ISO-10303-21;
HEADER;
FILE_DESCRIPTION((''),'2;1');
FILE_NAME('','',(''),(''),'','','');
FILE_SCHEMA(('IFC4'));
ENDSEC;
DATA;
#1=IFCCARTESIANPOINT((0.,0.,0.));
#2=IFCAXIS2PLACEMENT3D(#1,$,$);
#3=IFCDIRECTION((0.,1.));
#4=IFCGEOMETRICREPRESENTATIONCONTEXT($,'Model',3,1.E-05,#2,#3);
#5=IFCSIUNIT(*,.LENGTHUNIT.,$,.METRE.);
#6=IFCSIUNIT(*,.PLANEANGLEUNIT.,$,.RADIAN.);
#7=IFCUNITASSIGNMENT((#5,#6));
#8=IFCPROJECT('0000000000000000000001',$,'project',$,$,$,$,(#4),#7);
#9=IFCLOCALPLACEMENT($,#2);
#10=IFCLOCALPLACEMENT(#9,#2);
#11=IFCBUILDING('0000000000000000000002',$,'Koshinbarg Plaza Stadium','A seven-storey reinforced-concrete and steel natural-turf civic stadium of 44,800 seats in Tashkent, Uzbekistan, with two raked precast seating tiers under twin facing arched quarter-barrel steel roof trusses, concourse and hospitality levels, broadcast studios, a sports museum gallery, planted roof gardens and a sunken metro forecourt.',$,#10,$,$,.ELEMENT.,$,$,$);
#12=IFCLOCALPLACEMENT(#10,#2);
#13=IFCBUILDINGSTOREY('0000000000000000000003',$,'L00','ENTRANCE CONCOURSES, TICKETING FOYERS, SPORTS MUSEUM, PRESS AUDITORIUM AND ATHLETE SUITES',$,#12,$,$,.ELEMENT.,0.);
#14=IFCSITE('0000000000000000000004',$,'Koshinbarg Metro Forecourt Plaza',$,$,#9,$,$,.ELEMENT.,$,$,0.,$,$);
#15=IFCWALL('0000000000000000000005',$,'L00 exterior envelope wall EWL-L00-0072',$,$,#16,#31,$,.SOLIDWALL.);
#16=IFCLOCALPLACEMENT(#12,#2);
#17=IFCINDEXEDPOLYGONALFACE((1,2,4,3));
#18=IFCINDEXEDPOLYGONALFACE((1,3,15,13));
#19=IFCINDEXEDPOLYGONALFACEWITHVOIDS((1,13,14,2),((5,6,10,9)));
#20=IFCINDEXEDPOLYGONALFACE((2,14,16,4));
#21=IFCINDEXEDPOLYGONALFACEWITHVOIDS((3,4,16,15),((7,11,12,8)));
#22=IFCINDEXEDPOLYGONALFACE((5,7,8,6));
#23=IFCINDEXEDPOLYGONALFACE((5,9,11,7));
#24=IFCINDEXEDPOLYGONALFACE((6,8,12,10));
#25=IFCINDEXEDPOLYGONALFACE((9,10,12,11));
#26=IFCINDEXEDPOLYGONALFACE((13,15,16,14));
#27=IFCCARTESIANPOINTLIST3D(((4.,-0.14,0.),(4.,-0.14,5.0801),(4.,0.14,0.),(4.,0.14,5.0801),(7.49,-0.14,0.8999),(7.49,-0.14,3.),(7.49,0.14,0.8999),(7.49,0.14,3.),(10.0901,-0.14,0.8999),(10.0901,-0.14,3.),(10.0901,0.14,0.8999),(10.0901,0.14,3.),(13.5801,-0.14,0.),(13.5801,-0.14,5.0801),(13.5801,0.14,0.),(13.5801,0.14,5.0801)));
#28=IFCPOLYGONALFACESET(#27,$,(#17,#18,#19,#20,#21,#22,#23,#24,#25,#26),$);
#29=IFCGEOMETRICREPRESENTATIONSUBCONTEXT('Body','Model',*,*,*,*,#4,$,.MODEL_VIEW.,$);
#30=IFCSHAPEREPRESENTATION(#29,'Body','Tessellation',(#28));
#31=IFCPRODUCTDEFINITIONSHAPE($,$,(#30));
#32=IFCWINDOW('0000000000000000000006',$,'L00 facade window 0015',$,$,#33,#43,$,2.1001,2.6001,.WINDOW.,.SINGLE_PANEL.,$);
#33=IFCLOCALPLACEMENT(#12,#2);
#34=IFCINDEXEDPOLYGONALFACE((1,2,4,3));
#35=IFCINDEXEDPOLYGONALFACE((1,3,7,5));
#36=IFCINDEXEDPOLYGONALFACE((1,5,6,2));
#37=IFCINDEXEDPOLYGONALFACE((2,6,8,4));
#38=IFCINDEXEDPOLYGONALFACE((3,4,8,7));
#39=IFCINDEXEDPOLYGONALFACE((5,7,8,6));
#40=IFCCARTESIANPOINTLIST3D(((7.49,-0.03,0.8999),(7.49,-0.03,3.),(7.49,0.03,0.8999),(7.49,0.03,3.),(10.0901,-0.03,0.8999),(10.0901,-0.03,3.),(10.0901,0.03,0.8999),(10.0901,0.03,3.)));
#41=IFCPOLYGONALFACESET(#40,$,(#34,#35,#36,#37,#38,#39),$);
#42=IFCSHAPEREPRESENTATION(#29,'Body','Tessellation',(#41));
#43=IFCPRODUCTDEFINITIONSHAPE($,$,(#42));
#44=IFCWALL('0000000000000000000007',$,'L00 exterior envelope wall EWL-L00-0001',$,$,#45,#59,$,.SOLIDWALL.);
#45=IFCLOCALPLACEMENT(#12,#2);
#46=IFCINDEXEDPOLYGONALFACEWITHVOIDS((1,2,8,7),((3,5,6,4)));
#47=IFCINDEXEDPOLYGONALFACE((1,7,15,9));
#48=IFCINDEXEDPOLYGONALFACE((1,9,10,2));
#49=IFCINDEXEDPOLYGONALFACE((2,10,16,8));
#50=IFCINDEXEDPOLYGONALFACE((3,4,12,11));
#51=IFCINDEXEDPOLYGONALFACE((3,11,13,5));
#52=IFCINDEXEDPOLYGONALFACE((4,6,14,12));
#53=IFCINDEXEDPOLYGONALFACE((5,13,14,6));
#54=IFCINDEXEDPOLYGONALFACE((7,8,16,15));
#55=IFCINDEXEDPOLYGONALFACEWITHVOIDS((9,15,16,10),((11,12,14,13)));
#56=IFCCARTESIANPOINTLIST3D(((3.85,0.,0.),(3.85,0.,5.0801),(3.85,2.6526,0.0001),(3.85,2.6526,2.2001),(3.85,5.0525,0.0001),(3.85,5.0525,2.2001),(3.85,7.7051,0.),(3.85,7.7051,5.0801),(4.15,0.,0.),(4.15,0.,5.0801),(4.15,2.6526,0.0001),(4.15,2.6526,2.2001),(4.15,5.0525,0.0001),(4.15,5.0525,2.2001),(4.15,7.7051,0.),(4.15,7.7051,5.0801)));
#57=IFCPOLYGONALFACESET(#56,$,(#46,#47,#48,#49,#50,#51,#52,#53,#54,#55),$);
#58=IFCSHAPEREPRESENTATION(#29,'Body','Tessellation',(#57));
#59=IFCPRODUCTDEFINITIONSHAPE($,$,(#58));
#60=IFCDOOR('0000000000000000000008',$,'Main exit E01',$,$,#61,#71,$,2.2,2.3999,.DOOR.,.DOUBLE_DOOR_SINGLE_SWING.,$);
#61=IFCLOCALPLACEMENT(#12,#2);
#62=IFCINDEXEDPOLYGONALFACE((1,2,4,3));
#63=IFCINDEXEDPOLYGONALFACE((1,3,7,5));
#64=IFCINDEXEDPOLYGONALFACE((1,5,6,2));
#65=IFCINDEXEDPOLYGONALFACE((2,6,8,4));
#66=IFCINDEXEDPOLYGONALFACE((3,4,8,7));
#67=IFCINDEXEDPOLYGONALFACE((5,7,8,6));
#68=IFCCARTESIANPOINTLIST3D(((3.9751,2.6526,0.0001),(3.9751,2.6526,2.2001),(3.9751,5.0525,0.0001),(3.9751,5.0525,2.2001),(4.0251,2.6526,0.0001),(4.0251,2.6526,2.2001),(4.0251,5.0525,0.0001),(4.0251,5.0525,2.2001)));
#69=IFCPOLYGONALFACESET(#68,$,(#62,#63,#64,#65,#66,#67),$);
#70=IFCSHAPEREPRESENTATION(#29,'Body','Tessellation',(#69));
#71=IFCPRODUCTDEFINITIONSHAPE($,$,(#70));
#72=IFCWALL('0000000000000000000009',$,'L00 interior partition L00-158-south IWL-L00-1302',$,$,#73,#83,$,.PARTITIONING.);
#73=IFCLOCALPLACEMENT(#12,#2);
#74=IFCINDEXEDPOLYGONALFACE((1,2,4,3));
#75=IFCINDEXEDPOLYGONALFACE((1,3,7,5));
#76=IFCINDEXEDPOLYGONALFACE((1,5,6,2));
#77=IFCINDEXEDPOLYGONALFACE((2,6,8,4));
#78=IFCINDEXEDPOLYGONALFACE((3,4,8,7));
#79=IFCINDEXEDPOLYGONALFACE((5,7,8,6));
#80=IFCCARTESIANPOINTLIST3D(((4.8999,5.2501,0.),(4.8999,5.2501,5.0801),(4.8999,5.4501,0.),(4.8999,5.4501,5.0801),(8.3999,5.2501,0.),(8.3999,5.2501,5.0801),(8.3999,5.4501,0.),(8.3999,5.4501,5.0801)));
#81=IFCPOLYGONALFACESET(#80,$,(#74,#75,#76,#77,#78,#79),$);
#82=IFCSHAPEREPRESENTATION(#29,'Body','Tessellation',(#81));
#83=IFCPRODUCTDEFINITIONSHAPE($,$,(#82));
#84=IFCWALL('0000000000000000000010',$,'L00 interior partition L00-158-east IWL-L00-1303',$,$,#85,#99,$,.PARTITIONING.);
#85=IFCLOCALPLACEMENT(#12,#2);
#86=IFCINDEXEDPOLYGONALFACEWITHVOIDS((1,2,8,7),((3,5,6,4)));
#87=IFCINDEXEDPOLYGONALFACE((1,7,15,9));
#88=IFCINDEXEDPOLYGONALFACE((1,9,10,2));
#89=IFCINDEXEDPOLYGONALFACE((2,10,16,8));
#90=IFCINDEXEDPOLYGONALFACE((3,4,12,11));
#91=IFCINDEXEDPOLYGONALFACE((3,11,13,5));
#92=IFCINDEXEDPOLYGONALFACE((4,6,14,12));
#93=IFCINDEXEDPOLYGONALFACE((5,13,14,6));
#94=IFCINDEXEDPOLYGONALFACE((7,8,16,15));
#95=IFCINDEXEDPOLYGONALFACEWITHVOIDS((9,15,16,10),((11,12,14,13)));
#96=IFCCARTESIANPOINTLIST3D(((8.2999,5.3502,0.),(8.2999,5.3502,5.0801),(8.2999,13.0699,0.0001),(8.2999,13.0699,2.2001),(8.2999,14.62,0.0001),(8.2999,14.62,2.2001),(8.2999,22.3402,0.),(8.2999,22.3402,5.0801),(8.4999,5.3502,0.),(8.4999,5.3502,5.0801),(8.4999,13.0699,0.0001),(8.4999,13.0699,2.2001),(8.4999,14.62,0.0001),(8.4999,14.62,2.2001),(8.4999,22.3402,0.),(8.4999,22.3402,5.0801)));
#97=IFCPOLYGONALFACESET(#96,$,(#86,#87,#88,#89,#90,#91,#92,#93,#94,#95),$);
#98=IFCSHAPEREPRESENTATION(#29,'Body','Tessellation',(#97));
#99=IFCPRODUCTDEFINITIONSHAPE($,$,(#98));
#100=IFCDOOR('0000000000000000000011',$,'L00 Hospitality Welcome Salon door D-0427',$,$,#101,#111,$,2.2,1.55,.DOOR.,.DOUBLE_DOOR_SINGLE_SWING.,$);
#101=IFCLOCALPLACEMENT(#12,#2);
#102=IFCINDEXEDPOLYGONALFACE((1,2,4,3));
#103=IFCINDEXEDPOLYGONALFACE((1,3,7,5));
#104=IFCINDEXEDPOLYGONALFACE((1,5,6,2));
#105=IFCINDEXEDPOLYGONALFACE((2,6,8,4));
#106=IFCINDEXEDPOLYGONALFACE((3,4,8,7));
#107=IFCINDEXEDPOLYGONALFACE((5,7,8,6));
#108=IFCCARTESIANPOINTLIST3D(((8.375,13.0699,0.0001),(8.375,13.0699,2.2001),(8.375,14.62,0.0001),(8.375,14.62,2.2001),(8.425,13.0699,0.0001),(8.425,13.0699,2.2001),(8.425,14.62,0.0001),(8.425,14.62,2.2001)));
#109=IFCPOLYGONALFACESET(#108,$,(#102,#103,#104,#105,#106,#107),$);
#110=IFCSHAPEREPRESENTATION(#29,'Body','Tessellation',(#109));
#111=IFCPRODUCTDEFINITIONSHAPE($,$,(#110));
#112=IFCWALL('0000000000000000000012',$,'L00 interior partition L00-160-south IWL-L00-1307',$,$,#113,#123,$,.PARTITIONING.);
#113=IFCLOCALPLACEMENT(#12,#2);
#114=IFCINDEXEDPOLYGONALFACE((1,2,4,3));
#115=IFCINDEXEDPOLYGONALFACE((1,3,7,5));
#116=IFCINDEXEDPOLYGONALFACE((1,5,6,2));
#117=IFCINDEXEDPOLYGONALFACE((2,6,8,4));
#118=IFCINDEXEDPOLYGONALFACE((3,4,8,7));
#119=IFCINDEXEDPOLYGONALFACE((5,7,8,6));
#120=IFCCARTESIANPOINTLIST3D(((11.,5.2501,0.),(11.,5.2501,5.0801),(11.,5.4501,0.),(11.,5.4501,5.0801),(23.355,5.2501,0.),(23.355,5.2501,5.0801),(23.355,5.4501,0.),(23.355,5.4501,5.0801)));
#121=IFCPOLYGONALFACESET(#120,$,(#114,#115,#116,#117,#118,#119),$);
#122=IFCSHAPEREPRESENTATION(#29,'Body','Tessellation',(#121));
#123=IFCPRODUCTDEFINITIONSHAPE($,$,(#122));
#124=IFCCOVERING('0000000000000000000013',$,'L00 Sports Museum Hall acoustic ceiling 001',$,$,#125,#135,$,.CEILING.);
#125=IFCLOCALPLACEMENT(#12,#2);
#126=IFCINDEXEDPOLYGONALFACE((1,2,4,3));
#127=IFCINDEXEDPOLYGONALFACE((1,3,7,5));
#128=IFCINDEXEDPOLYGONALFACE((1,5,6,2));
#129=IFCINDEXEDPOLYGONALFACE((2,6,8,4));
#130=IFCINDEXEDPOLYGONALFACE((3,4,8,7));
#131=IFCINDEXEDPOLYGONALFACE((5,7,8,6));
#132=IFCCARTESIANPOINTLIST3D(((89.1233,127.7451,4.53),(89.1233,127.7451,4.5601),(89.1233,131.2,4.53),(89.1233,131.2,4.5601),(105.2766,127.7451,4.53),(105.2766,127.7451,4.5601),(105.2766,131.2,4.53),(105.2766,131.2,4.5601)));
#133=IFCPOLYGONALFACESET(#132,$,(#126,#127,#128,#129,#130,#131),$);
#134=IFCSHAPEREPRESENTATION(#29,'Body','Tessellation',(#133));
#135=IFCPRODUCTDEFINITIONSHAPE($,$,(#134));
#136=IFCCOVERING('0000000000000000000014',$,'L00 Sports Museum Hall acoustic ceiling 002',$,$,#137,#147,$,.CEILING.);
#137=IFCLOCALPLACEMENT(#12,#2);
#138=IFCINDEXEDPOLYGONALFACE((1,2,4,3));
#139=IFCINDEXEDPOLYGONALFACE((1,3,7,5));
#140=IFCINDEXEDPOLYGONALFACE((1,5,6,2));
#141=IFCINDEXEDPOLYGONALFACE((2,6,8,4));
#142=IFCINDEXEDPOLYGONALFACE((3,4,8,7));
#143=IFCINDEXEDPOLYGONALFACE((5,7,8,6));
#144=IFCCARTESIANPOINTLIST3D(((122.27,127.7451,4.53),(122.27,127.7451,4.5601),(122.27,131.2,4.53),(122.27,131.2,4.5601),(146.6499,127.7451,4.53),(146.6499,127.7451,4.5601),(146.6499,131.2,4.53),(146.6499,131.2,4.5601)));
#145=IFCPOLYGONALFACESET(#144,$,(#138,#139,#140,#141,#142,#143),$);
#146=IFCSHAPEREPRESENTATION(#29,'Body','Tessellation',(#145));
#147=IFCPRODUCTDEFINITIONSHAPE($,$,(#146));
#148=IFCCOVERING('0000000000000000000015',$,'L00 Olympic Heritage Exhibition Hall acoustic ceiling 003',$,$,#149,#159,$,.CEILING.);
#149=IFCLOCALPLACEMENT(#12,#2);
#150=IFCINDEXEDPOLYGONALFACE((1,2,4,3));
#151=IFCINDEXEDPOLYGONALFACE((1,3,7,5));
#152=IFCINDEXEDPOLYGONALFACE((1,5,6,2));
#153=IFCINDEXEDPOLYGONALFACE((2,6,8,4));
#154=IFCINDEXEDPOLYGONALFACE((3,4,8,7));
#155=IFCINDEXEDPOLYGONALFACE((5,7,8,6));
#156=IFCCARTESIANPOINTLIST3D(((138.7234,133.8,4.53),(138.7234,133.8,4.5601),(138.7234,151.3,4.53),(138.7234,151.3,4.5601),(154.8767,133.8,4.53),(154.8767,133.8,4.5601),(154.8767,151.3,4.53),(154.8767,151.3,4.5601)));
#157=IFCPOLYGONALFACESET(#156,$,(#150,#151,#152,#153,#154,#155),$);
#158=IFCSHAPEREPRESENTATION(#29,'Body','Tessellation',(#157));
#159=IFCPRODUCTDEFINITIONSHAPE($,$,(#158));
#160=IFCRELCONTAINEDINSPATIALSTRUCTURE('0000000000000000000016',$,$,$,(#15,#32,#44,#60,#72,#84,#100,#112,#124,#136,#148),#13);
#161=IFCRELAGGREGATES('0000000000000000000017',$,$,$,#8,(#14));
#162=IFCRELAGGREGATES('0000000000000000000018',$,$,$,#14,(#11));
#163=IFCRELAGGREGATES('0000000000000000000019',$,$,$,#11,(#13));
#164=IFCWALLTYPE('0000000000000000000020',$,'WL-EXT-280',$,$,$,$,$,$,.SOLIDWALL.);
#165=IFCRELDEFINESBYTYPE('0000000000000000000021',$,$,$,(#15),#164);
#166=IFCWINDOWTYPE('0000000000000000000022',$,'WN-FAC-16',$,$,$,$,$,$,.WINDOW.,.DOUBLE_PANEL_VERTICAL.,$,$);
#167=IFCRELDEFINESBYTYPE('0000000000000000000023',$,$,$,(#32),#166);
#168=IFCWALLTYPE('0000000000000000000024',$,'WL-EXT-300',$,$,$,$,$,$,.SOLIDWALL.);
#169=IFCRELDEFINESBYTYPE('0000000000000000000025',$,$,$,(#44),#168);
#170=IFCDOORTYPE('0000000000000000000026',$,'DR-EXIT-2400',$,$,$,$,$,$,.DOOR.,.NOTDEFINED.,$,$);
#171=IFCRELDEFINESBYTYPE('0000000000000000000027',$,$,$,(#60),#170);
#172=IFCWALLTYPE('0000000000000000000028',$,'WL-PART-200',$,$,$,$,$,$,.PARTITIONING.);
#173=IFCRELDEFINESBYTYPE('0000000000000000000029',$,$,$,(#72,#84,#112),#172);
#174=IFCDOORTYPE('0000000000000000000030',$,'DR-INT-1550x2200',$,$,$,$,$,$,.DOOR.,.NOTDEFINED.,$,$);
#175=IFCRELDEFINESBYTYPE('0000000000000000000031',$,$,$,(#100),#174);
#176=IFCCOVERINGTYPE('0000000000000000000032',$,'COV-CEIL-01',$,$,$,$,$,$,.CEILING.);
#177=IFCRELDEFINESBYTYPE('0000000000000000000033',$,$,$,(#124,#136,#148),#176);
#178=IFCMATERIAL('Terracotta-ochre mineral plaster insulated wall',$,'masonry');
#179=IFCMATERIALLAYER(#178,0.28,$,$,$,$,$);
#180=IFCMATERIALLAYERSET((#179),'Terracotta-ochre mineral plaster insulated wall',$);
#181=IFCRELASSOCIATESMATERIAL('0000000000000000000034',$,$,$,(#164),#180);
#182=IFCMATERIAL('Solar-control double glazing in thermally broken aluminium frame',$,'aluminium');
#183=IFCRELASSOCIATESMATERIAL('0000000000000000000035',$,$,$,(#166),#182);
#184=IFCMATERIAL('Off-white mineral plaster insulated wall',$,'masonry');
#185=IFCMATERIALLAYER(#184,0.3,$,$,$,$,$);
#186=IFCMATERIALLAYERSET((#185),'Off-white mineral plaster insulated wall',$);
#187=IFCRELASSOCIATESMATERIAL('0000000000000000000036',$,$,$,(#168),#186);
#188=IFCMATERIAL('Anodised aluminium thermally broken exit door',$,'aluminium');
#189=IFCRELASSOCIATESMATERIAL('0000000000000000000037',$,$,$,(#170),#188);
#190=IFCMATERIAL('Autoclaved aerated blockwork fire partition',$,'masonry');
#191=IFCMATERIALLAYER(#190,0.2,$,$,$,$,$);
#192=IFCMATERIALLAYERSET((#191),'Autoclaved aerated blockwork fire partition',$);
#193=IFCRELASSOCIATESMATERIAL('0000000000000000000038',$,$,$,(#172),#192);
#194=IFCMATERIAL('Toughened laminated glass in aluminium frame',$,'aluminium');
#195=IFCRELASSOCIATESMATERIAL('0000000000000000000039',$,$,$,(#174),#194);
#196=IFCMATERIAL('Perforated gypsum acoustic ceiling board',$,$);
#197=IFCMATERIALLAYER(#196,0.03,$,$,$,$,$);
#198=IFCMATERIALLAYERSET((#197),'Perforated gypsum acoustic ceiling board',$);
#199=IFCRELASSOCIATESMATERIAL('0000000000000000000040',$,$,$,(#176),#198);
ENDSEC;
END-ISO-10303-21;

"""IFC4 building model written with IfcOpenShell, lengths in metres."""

from ifc_helpers import new_model, si_unit, direction, frame, frame_2d, origin, place, context, subcontext, project, spatial, polyline, rectangle, outline, extrude, material, layer, layer_set, type_object, element, fill, save


model = new_model("IFC4")

# Units and contexts
model_context = context("Model", 3, precision=1e-05, world=origin(), true_north=direction((0.0, 1.0)))
body_context = subcontext(model_context, "Body", "Model", "MODEL_VIEW")
ifc_project = project(units=[si_unit("LENGTHUNIT", "METRE"), si_unit("PLANEANGLEUNIT", "RADIAN")], contexts=[model_context])

# Site, building, storey
site_placement = place(None, origin())
site = spatial("IfcSite", under=ifc_project, at=site_placement, Name="Koshinbarg Metro Forecourt Plaza", CompositionType="ELEMENT", RefElevation=0.0)
building_placement = place(site_placement, origin())
building = spatial("IfcBuilding", under=site, at=building_placement, Name="Koshinbarg Plaza Stadium", Description="A seven-storey reinforced-concrete and steel natural-turf civic stadium of 44,800 seats in Tashkent, Uzbekistan, with two raked precast seating tiers under twin facing arched quarter-barrel steel roof trusses, concourse and hospitality levels, broadcast studios, a sports museum gallery, planted roof gardens and a sunken metro forecourt.", CompositionType="ELEMENT")
storey_placement = place(building_placement, origin())
storey = spatial("IfcBuildingStorey", under=building, at=storey_placement, Name="L00", Description="ENTRANCE CONCOURSES, TICKETING FOYERS, SPORTS MUSEUM, PRESS AUDITORIUM AND ATHLETE SUITES", CompositionType="ELEMENT", Elevation=0.0)

# Wall, opening, window
ifc_material_1 = material(Name="Terracotta-ochre mineral plaster insulated wall", Category="masonry")
ifc_layer_1 = layer(ifc_material_1, 0.28)
ifc_layer_set_1 = layer_set([ifc_layer_1], Name="Terracotta-ochre mineral plaster insulated wall")
wall_type_1 = type_object("IfcWallType", Name="WL-EXT-280", PredefinedType="SOLIDWALL", material=ifc_layer_set_1)
wall_1_placement = place(storey_placement, frame((13.5801, 0.0, 0.0), z_axis=(0.0, 0.0, 1.0), x_axis=(-1.0, 0.0, 0.0)))
wall_1 = element("IfcWall", 1, at=wall_1_placement, inside=storey, type_object=wall_type_1, Name="L00 exterior envelope wall EWL-L00-0072", PredefinedType="SOLIDWALL", context=body_context, shape_type="SweptSolid", body=[
    extrude(rectangle(XDim=9.5801, YDim=0.28, at=frame_2d((4.79, 0.0))), origin(), (0.0, 0.0, 1.0), 5.0801),
])
opening_1_placement = place(wall_1_placement, frame((3.49, 0.0, 0.8999)))
opening_1 = element("IfcOpeningElement", 2, at=opening_1_placement, cuts=wall_1, PredefinedType="OPENING", context=body_context, shape_type="SweptSolid", body=[
    extrude(rectangle(XDim=2.6001, YDim=2.1001, at=frame_2d((1.3, 1.05))), frame((0.0, 0.1499, 0.0), z_axis=(0.0, -1.0, 0.0), x_axis=(1.0, 0.0, 0.0)), (0.0, 0.0, 1.0), 0.3),
])
ifc_material_2 = material(Name="Solar-control double glazing in thermally broken aluminium frame", Category="aluminium")
window_type = type_object("IfcWindowType", Name="WN-FAC-16", PartitioningType="DOUBLE_PANEL_VERTICAL", PredefinedType="WINDOW", material=ifc_material_2)
window_placement = place(opening_1_placement, origin())
window = element("IfcWindow", 3, at=window_placement, inside=storey, type_object=window_type, Name="L00 facade window 0015", OverallHeight=2.1001, OverallWidth=2.6001, PartitioningType="SINGLE_PANEL", PredefinedType="WINDOW", context=body_context, shape_type="SweptSolid", body=[
    extrude(rectangle(XDim=2.6001, YDim=2.1001, at=frame_2d((1.3, 1.05))), frame((0.0, 0.03, 0.0), z_axis=(0.0, -1.0, 0.0), x_axis=(1.0, 0.0, 0.0)), (0.0, 0.0, 1.0), 0.0601),
])
fill(opening_1, window)

# Wall, opening, door
ifc_material_3 = material(Name="Off-white mineral plaster insulated wall", Category="masonry")
ifc_layer_2 = layer(ifc_material_3, 0.3)
ifc_layer_set_2 = layer_set([ifc_layer_2], Name="Off-white mineral plaster insulated wall")
wall_type_2 = type_object("IfcWallType", Name="WL-EXT-300", PredefinedType="SOLIDWALL", material=ifc_layer_set_2)
wall_2_placement = place(storey_placement, frame((4.0, 0.0, 0.0), z_axis=(0.0, 0.0, 1.0), x_axis=(0.0, 1.0, 0.0)))
wall_2 = element("IfcWall", 4, at=wall_2_placement, inside=storey, type_object=wall_type_2, Name="L00 exterior envelope wall EWL-L00-0001", PredefinedType="SOLIDWALL", context=body_context, shape_type="SweptSolid", body=[
    extrude(rectangle(XDim=7.7051, YDim=0.3, at=frame_2d((3.8525, 0.0))), origin(), (0.0, 0.0, 1.0), 5.0801),
])
opening_2_placement = place(wall_2_placement, frame((2.6526, 0.0, 0.0)))
opening_2 = element("IfcOpeningElement", 5, at=opening_2_placement, cuts=wall_2, PredefinedType="OPENING", context=body_context, shape_type="SweptSolid", body=[
    extrude(rectangle(XDim=2.3999, YDim=2.2, at=frame_2d((1.2, 1.1001))), frame((0.0, 0.1599, 0.0), z_axis=(0.0, -1.0, 0.0), x_axis=(1.0, 0.0, 0.0)), (0.0, 0.0, 1.0), 0.3201),
])
ifc_material_4 = material(Name="Anodised aluminium thermally broken exit door", Category="aluminium")
door_type_1 = type_object("IfcDoorType", Name="DR-EXIT-2400", OperationType="NOTDEFINED", PredefinedType="DOOR", material=ifc_material_4)
door_1_placement = place(opening_2_placement, origin())
door_1 = element("IfcDoor", 6, at=door_1_placement, inside=storey, type_object=door_type_1, Name="Main exit E01", OperationType="DOUBLE_DOOR_SINGLE_SWING", OverallHeight=2.2, OverallWidth=2.3999, PredefinedType="DOOR", context=body_context, shape_type="SweptSolid", body=[
    extrude(rectangle(XDim=2.3999, YDim=2.2, at=frame_2d((1.2, 1.1001))), frame((0.0, 0.0249, 0.0), z_axis=(0.0, -1.0, 0.0), x_axis=(1.0, 0.0, 0.0)), (0.0, 0.0, 1.0), 0.05),
])
fill(opening_2, door_1)

# Wall
ifc_material_5 = material(Name="Autoclaved aerated blockwork fire partition", Category="masonry")
ifc_layer_3 = layer(ifc_material_5, 0.2)
ifc_layer_set_3 = layer_set([ifc_layer_3], Name="Autoclaved aerated blockwork fire partition")
wall_type_3 = type_object("IfcWallType", Name="WL-PART-200", PredefinedType="PARTITIONING", material=ifc_layer_set_3)
wall_3_placement = place(storey_placement, frame((4.8999, 5.3501, 0.0), z_axis=(0.0, 0.0, 1.0), x_axis=(1.0, 0.0, 0.0)))
element("IfcWall", 7, at=wall_3_placement, inside=storey, type_object=wall_type_3, Name="L00 interior partition L00-158-south IWL-L00-1302", PredefinedType="PARTITIONING", context=body_context, shape_type="SweptSolid", body=[
    extrude(rectangle(XDim=3.5, YDim=0.2, at=frame_2d((1.75, 0.0))), origin(), (0.0, 0.0, 1.0), 5.0801),
])

# Wall, opening, door
wall_4_placement = place(storey_placement, frame((8.3999, 5.3501, 0.0), z_axis=(0.0, 0.0, 1.0), x_axis=(0.0, 1.0, 0.0)))
wall_4 = element("IfcWall", 8, at=wall_4_placement, inside=storey, type_object=wall_type_3, Name="L00 interior partition L00-158-east IWL-L00-1303", PredefinedType="PARTITIONING", context=body_context, shape_type="SweptSolid", body=[
    extrude(rectangle(XDim=16.99, YDim=0.2, at=frame_2d((8.4951, 0.0))), origin(), (0.0, 0.0, 1.0), 5.0801),
])
opening_3_placement = place(wall_4_placement, frame((7.72, 0.0, 0.0)))
opening_3 = element("IfcOpeningElement", 9, at=opening_3_placement, cuts=wall_4, PredefinedType="OPENING", context=body_context, shape_type="SweptSolid", body=[
    extrude(rectangle(XDim=1.55, YDim=2.2, at=frame_2d((0.7749, 1.1001))), frame((0.0, 0.1099, 0.0), z_axis=(0.0, -1.0, 0.0), x_axis=(1.0, 0.0, 0.0)), (0.0, 0.0, 1.0), 0.22),
])
ifc_material_6 = material(Name="Toughened laminated glass in aluminium frame", Category="aluminium")
door_type_2 = type_object("IfcDoorType", Name="DR-INT-1550x2200", OperationType="NOTDEFINED", PredefinedType="DOOR", material=ifc_material_6)
door_2_placement = place(opening_3_placement, origin())
door_2 = element("IfcDoor", 10, at=door_2_placement, inside=storey, type_object=door_type_2, Name="L00 Hospitality Welcome Salon door D-0427", OperationType="DOUBLE_DOOR_SINGLE_SWING", OverallHeight=2.2, OverallWidth=1.55, PredefinedType="DOOR", context=body_context, shape_type="SweptSolid", body=[
    extrude(rectangle(XDim=1.55, YDim=2.2, at=frame_2d((0.7749, 1.1001))), frame((0.0, 0.0249, 0.0), z_axis=(0.0, -1.0, 0.0), x_axis=(1.0, 0.0, 0.0)), (0.0, 0.0, 1.0), 0.05),
])
fill(opening_3, door_2)

# Wall
wall_5_placement = place(storey_placement, frame((11.0, 5.3501, 0.0), z_axis=(0.0, 0.0, 1.0), x_axis=(1.0, 0.0, 0.0)))
element("IfcWall", 11, at=wall_5_placement, inside=storey, type_object=wall_type_3, Name="L00 interior partition L00-160-south IWL-L00-1307", PredefinedType="PARTITIONING", context=body_context, shape_type="SweptSolid", body=[
    extrude(rectangle(XDim=12.355, YDim=0.2, at=frame_2d((6.1775, 0.0))), origin(), (0.0, 0.0, 1.0), 5.0801),
])

# Coverings
ifc_material_7 = material(Name="Perforated gypsum acoustic ceiling board")
ifc_layer_4 = layer(ifc_material_7, 0.03)
ifc_layer_set_4 = layer_set([ifc_layer_4], Name="Perforated gypsum acoustic ceiling board")
covering_type = type_object("IfcCoveringType", Name="COV-CEIL-01", PredefinedType="CEILING", material=ifc_layer_set_4)
covering_1_placement = place(storey_placement, frame((0.0, 0.0, 4.53)))
element("IfcCovering", 12, at=covering_1_placement, inside=storey, type_object=covering_type, Name="L00 Sports Museum Hall acoustic ceiling 001", PredefinedType="CEILING", context=body_context, shape_type="SweptSolid", body=[
    extrude(outline(polyline([(89.1233, 127.7451), (105.2766, 127.7451), (105.2766, 131.2), (89.1233, 131.2), (89.1233, 127.7451)])), origin(), (0.0, 0.0, 1.0), 0.03),
])
covering_2_placement = place(storey_placement, frame((0.0, 0.0, 4.53)))
element("IfcCovering", 13, at=covering_2_placement, inside=storey, type_object=covering_type, Name="L00 Sports Museum Hall acoustic ceiling 002", PredefinedType="CEILING", context=body_context, shape_type="SweptSolid", body=[
    extrude(outline(polyline([(122.27, 127.7451), (146.6499, 127.7451), (146.6499, 131.2), (122.27, 131.2), (122.27, 127.7451)])), origin(), (0.0, 0.0, 1.0), 0.03),
])
covering_3_placement = place(storey_placement, frame((0.0, 0.0, 4.53)))
element("IfcCovering", 14, at=covering_3_placement, inside=storey, type_object=covering_type, Name="L00 Olympic Heritage Exhibition Hall acoustic ceiling 003", PredefinedType="CEILING", context=body_context, shape_type="SweptSolid", body=[
    extrude(outline(polyline([(138.7234, 133.8), (154.8767, 133.8), (154.8767, 151.3), (138.7234, 151.3), (138.7234, 133.8)])), origin(), (0.0, 0.0, 1.0), 0.03),
])

save(model, "model.ifc")
